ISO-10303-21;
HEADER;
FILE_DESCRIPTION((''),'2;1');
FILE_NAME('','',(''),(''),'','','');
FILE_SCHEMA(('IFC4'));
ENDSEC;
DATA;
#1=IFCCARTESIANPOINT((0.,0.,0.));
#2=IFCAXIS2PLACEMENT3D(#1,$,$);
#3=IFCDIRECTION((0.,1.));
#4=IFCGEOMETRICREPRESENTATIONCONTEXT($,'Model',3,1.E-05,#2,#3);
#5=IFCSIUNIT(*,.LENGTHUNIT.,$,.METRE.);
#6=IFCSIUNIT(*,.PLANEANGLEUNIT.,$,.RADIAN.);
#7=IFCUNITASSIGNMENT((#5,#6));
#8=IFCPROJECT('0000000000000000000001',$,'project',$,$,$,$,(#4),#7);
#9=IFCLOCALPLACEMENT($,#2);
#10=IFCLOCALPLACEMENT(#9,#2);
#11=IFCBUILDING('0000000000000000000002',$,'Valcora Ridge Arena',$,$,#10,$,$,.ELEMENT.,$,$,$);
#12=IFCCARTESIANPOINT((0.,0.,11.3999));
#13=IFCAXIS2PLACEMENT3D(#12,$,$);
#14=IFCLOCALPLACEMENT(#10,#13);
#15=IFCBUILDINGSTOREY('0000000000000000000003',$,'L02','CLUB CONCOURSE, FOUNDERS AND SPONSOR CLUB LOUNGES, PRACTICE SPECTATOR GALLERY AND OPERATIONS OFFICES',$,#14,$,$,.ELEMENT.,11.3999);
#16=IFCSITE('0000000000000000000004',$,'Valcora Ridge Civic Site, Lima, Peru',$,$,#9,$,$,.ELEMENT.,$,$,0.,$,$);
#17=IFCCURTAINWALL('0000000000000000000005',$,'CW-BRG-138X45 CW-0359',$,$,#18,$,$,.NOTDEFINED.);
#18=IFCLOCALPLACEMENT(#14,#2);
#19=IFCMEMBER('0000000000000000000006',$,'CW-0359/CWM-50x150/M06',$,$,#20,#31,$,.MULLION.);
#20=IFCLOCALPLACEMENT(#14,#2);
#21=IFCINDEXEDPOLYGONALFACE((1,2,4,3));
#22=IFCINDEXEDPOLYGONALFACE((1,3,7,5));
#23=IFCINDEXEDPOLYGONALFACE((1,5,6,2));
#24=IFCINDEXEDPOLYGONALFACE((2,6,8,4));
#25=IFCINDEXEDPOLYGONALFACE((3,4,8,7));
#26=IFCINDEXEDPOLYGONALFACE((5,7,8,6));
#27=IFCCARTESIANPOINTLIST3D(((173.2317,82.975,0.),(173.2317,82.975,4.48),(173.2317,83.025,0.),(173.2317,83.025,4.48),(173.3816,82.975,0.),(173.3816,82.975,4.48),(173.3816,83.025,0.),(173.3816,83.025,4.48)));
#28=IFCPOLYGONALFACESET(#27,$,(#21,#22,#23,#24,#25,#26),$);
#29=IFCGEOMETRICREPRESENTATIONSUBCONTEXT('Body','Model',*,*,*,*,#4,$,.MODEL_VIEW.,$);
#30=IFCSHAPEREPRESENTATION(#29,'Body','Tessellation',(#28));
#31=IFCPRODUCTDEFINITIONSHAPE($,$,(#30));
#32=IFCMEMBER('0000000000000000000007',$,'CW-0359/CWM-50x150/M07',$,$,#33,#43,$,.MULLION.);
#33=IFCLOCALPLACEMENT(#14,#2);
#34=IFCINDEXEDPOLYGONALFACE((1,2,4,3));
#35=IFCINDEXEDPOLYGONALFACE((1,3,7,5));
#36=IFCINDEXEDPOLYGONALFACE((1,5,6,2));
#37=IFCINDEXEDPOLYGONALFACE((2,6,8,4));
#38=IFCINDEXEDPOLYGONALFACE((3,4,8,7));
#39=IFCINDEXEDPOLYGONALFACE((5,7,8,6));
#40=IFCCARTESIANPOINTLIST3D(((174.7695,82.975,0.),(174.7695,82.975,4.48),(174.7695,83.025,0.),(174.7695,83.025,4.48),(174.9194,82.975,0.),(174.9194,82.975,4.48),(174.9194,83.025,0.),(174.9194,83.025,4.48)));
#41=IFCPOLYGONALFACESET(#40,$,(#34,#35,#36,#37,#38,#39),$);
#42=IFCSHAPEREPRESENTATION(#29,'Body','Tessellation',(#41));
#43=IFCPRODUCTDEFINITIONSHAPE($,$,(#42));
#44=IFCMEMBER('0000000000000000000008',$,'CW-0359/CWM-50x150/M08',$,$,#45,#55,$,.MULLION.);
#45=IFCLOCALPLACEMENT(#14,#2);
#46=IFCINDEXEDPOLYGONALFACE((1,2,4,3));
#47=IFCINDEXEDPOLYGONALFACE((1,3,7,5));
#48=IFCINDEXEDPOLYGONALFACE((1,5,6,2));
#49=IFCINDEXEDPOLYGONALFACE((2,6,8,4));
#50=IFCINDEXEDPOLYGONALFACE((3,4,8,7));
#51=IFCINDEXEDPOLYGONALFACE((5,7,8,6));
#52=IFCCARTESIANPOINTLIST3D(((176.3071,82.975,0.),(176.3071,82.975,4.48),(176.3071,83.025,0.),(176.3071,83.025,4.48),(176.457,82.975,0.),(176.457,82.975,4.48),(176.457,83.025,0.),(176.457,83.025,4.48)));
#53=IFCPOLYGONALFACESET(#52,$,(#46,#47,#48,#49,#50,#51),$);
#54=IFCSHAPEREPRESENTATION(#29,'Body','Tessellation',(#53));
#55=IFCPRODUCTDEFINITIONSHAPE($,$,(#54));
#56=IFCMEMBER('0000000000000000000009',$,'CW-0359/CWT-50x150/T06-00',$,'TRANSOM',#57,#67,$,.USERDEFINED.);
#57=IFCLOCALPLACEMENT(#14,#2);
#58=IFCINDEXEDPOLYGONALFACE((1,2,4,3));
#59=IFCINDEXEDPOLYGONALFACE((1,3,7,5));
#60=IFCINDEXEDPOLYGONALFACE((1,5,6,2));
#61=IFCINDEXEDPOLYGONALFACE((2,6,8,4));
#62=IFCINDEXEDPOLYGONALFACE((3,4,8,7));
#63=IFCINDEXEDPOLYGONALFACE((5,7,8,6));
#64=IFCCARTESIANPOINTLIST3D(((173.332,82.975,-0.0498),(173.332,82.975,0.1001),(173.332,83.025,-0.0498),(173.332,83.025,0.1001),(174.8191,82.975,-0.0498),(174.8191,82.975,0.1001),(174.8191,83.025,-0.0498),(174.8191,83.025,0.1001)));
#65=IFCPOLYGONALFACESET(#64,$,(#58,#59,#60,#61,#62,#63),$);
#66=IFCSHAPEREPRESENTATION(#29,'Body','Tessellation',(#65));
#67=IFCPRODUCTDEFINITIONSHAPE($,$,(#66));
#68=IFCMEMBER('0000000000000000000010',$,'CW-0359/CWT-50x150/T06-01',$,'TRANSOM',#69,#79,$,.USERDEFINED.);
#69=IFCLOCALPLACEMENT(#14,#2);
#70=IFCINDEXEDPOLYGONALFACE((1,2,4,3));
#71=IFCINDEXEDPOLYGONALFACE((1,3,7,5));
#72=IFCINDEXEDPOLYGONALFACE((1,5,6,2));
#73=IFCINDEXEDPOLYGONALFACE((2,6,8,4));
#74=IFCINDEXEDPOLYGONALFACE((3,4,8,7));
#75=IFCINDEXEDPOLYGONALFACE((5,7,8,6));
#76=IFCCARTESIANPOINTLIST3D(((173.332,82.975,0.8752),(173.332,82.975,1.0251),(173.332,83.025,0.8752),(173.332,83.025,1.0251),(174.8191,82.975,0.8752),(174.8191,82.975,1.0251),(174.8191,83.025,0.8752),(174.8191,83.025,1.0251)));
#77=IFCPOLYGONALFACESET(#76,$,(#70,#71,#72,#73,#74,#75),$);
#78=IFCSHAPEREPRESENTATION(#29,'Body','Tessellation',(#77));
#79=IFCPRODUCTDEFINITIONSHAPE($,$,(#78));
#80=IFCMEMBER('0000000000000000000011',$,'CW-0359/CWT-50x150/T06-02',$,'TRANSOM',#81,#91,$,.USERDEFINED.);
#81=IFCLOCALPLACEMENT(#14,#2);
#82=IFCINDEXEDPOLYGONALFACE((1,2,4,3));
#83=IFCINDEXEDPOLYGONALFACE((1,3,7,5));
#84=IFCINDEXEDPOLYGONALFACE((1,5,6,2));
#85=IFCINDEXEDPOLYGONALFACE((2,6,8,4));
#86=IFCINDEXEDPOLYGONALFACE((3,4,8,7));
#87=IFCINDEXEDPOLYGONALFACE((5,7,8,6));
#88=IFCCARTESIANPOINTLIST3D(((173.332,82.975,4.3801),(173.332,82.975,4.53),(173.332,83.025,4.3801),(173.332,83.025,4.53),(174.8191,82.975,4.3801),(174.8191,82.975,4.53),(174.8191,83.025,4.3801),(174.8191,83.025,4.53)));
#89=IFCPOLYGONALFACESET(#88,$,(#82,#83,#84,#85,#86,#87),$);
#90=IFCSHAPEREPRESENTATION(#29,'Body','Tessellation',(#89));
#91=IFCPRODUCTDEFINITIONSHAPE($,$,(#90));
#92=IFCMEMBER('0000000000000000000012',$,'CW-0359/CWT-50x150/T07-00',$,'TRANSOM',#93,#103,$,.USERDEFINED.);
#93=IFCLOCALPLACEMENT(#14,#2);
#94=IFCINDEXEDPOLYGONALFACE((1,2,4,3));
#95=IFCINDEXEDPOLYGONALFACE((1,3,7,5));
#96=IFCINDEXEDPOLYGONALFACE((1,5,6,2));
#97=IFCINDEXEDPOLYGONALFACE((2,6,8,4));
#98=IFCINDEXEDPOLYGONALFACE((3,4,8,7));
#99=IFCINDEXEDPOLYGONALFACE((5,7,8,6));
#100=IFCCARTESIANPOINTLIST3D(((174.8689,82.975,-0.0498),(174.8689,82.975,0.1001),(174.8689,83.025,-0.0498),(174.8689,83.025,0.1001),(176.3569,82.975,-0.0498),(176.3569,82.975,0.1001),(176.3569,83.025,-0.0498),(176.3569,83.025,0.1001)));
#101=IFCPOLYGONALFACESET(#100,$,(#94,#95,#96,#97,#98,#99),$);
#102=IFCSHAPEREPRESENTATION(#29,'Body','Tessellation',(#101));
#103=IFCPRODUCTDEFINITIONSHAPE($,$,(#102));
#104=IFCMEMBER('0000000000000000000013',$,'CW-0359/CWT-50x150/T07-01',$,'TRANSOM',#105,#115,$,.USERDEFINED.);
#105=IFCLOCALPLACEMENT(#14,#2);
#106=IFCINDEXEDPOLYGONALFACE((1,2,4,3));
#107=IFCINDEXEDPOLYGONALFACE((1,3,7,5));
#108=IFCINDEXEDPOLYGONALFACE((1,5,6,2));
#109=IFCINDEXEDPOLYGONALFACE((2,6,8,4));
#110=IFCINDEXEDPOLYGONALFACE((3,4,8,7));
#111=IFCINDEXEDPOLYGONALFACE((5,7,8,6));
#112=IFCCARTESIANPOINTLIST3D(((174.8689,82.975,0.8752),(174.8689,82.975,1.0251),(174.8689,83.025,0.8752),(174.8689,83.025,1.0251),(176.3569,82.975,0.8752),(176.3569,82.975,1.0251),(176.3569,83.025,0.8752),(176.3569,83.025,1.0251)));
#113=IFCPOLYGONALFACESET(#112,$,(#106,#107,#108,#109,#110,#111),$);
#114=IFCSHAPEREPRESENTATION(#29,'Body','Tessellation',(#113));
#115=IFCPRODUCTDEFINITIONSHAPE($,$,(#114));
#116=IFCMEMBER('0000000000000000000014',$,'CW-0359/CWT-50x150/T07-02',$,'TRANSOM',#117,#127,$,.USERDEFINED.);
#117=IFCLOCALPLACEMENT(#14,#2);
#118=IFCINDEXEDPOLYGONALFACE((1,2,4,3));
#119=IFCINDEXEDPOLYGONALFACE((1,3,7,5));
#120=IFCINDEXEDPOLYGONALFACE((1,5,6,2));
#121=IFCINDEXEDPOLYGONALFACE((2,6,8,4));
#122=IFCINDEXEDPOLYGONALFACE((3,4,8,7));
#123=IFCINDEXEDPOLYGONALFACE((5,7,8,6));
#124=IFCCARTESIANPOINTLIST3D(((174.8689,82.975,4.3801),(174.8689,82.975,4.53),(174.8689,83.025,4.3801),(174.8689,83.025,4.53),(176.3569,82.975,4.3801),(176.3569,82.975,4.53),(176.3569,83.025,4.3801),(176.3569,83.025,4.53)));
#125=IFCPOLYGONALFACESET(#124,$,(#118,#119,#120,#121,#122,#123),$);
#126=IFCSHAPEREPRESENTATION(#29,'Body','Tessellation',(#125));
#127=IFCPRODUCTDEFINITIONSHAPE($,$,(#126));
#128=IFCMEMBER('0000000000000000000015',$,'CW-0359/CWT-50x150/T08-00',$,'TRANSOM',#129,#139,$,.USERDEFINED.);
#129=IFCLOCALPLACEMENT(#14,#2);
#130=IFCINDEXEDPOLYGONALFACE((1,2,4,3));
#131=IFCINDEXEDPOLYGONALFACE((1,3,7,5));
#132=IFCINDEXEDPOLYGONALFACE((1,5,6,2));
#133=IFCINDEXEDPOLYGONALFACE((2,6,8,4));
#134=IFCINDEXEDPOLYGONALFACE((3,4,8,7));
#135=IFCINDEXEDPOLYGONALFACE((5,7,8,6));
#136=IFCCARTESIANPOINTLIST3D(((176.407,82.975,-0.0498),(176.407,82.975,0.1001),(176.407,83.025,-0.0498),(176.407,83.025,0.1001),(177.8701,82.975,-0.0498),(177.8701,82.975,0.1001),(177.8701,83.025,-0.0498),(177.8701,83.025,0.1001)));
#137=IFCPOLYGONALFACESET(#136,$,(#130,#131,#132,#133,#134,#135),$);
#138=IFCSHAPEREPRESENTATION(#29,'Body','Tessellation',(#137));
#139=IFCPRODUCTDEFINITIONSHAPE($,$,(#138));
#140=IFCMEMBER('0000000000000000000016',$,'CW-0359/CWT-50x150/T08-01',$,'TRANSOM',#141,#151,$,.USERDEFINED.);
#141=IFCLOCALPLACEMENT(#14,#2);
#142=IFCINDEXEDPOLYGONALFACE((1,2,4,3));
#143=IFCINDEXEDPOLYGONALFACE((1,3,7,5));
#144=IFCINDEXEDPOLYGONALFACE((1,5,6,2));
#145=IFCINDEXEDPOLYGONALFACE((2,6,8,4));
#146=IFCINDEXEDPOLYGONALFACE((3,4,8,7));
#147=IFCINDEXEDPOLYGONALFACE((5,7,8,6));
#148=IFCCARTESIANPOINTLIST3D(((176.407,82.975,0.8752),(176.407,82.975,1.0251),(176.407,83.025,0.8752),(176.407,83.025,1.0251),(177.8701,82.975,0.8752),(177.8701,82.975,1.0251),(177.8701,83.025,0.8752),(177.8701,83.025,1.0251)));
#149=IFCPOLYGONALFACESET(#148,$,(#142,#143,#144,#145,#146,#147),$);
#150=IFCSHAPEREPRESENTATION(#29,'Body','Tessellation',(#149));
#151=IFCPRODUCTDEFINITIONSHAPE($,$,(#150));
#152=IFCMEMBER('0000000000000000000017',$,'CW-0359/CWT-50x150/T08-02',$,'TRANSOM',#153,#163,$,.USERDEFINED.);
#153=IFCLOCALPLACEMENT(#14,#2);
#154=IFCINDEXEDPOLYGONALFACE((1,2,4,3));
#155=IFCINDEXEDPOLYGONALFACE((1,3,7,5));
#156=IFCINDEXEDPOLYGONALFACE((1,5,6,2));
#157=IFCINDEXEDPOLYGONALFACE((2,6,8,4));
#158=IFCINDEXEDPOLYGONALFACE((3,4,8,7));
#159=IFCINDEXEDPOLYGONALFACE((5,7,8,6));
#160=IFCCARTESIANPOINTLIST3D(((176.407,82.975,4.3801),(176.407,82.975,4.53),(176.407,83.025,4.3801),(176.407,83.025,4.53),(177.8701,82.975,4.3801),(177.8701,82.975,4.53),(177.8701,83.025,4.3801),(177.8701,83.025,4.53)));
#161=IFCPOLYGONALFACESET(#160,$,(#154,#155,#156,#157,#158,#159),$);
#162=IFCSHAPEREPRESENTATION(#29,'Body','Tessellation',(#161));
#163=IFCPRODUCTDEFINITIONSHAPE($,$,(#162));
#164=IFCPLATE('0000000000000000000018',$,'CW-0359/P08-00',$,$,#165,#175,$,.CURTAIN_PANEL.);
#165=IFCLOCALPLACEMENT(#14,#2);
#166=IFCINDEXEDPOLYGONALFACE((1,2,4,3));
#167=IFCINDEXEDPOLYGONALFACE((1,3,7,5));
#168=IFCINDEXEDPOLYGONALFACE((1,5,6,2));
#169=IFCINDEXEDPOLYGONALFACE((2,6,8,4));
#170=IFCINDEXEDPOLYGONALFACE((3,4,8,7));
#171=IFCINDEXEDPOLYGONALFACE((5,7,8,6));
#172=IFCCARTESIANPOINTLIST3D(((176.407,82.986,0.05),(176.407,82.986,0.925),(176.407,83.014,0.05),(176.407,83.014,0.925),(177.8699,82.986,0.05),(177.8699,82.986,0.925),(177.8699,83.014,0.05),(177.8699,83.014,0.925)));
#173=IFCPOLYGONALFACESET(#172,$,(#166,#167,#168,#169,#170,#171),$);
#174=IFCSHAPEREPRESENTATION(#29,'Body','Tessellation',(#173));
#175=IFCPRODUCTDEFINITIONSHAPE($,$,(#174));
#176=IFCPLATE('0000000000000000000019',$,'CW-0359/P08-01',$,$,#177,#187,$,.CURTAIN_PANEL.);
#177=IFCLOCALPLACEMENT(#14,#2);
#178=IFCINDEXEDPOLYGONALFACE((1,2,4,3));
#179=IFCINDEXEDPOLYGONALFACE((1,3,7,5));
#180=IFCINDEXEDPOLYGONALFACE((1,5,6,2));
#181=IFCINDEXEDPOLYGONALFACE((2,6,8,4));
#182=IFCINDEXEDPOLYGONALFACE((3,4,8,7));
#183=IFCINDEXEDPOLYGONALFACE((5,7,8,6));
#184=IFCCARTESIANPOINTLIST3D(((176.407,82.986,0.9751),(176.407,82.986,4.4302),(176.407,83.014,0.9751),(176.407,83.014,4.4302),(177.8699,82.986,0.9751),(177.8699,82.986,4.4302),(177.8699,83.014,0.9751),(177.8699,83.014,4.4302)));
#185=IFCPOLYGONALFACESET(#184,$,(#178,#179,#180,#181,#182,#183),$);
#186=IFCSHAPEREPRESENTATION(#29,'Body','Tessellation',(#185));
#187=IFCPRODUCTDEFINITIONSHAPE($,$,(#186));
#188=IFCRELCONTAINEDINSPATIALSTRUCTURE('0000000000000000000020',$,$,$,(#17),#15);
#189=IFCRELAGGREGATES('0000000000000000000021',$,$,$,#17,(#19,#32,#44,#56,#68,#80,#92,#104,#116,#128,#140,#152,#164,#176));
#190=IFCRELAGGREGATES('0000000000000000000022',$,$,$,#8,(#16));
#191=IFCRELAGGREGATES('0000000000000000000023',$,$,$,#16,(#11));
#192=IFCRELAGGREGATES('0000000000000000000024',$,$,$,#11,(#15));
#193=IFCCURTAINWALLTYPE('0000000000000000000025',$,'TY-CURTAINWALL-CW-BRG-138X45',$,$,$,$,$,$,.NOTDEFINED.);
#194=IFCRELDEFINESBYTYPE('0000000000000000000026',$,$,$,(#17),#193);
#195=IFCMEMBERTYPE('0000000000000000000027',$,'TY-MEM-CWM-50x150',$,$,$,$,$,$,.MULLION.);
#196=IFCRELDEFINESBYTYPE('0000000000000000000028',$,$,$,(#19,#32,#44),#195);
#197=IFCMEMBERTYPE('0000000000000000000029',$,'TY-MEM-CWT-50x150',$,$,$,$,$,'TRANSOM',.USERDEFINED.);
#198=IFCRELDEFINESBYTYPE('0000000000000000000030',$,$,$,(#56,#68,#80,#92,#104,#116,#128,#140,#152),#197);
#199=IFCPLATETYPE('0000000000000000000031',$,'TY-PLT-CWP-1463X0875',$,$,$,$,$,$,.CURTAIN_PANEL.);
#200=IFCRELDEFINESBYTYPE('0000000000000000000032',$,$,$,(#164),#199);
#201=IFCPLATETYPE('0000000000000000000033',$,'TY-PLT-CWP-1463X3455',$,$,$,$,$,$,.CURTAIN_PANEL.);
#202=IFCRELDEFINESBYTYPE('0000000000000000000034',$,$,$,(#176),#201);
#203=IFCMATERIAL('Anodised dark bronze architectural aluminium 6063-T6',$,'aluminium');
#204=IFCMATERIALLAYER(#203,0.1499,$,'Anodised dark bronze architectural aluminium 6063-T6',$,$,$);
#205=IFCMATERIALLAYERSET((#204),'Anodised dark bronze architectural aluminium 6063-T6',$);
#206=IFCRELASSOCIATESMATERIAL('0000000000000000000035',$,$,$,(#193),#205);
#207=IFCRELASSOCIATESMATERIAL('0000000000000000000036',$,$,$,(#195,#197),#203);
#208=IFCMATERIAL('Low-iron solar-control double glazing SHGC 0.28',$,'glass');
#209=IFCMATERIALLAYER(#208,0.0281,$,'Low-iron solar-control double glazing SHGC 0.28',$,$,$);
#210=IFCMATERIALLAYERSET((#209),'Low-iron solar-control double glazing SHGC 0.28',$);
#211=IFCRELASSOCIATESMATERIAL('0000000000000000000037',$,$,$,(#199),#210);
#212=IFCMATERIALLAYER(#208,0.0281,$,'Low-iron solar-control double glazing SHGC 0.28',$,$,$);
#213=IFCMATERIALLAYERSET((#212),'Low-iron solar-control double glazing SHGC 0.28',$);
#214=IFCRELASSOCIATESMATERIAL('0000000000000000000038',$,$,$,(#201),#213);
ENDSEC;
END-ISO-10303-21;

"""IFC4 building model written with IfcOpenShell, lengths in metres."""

from ifc_helpers import new_model, si_unit, direction, frame, origin, origin_2d, place, context, subcontext, project, spatial, rectangle, extrude, material, layer, layer_set, material_profile, profile_set, type_object, element, aggregate, save


model = new_model("IFC4")

# Units and contexts
model_context = context("Model", 3, precision=1e-05, world=origin(), true_north=direction((0.0, 1.0)))
body_context = subcontext(model_context, "Body", "Model", "MODEL_VIEW")
ifc_project = project(units=[si_unit("LENGTHUNIT", "METRE"), si_unit("PLANEANGLEUNIT", "RADIAN")], contexts=[model_context])

# Site, building, storey
site_placement = place(None, origin())
site = spatial("IfcSite", under=ifc_project, at=site_placement, Name="Valcora Ridge Civic Site, Lima, Peru", CompositionType="ELEMENT", RefElevation=0.0)
building_placement = place(site_placement, origin())
building = spatial("IfcBuilding", under=site, at=building_placement, Name="Valcora Ridge Arena", CompositionType="ELEMENT")
storey_placement = place(building_placement, frame((0.0, 0.0, 11.3999)))
storey = spatial("IfcBuildingStorey", under=building, at=storey_placement, Name="L02", Description="CLUB CONCOURSE, FOUNDERS AND SPONSOR CLUB LOUNGES, PRACTICE SPECTATOR GALLERY AND OPERATIONS OFFICES", CompositionType="ELEMENT", Elevation=11.3999)

# Curtain wall, members, plates
ifc_material_1 = material(Name="Anodised dark bronze architectural aluminium 6063-T6", Category="aluminium")
ifc_layer_1 = layer(ifc_material_1, 0.1499, Name="Anodised dark bronze architectural aluminium 6063-T6")
ifc_layer_set_1 = layer_set([ifc_layer_1], Name="Anodised dark bronze architectural aluminium 6063-T6")
curtain_wall_type = type_object("IfcCurtainWallType", Name="TY-CURTAINWALL-CW-BRG-138X45", PredefinedType="NOTDEFINED", material=ifc_layer_set_1)
curtain_wall_placement = place(storey_placement, origin())
curtain_wall = element("IfcCurtainWall", 1, at=curtain_wall_placement, inside=storey, type_object=curtain_wall_type, Name="CW-BRG-138X45 CW-0359", PredefinedType="NOTDEFINED")
ifc_material_profile_1 = material_profile(ifc_material_1, rectangle(XDim=0.05, YDim=0.1499, at=origin_2d()), Name="ALU MULLION 50x150")
ifc_profile_set_1 = profile_set([ifc_material_profile_1], Name="Anodised dark bronze architectural aluminium 6063-T6")
member_type_1 = type_object("IfcMemberType", Name="TY-MEM-CWM-50x150", PredefinedType="MULLION", material=ifc_profile_set_1)
member_1_placement = place(storey_placement, frame((173.3066, 83.0, 0.0), z_axis=(0.0, 0.0, 1.0), x_axis=(0.0, 1.0, 0.0)))
member_1 = element("IfcMember", 2, at=member_1_placement, type_object=member_type_1, Name="CW-0359/CWM-50x150/M06", PredefinedType="MULLION", context=body_context, shape_type="SweptSolid", body=[
    extrude(rectangle(XDim=0.05, YDim=0.1499, at=origin_2d()), origin(), (0.0, 0.0, 1.0), 4.48),
])
member_2_placement = place(storey_placement, frame((174.8445, 83.0, 0.0), z_axis=(0.0, 0.0, 1.0), x_axis=(0.0, 1.0, 0.0)))
member_2 = element("IfcMember", 3, at=member_2_placement, type_object=member_type_1, Name="CW-0359/CWM-50x150/M07", PredefinedType="MULLION", context=body_context, shape_type="SweptSolid", body=[
    extrude(rectangle(XDim=0.05, YDim=0.1499, at=origin_2d()), origin(), (0.0, 0.0, 1.0), 4.48),
])
member_3_placement = place(storey_placement, frame((176.3821, 83.0, 0.0), z_axis=(0.0, 0.0, 1.0), x_axis=(0.0, 1.0, 0.0)))
member_3 = element("IfcMember", 4, at=member_3_placement, type_object=member_type_1, Name="CW-0359/CWM-50x150/M08", PredefinedType="MULLION", context=body_context, shape_type="SweptSolid", body=[
    extrude(rectangle(XDim=0.05, YDim=0.1499, at=origin_2d()), origin(), (0.0, 0.0, 1.0), 4.48),
])
ifc_material_profile_2 = material_profile(ifc_material_1, rectangle(XDim=0.05, YDim=0.1499, at=origin_2d()), Name="ALU TRANSOM 50x150")
ifc_profile_set_2 = profile_set([ifc_material_profile_2], Name="Anodised dark bronze architectural aluminium 6063-T6")
member_type_2 = type_object("IfcMemberType", Name="TY-MEM-CWT-50x150", ElementType="TRANSOM", PredefinedType="USERDEFINED", material=ifc_profile_set_2)
member_4_placement = place(storey_placement, frame((173.332, 83.0, 0.0251), z_axis=(1.0, 0.0, 0.0), x_axis=(0.0, 1.0, 0.0)))
member_4 = element("IfcMember", 5, at=member_4_placement, type_object=member_type_2, Name="CW-0359/CWT-50x150/T06-00", ObjectType="TRANSOM", PredefinedType="USERDEFINED", context=body_context, shape_type="SweptSolid", body=[
    extrude(rectangle(XDim=0.05, YDim=0.1499, at=origin_2d()), origin(), (0.0, 0.0, 1.0), 1.4871),
])
member_5_placement = place(storey_placement, frame((173.332, 83.0, 0.9502), z_axis=(1.0, 0.0, 0.0), x_axis=(0.0, 1.0, 0.0)))
member_5 = element("IfcMember", 6, at=member_5_placement, type_object=member_type_2, Name="CW-0359/CWT-50x150/T06-01", ObjectType="TRANSOM", PredefinedType="USERDEFINED", context=body_context, shape_type="SweptSolid", body=[
    extrude(rectangle(XDim=0.05, YDim=0.1499, at=origin_2d()), origin(), (0.0, 0.0, 1.0), 1.4871),
])
member_6_placement = place(storey_placement, frame((173.332, 83.0, 4.4551), z_axis=(1.0, 0.0, 0.0), x_axis=(0.0, 1.0, 0.0)))
member_6 = element("IfcMember", 7, at=member_6_placement, type_object=member_type_2, Name="CW-0359/CWT-50x150/T06-02", ObjectType="TRANSOM", PredefinedType="USERDEFINED", context=body_context, shape_type="SweptSolid", body=[
    extrude(rectangle(XDim=0.05, YDim=0.1499, at=origin_2d()), origin(), (0.0, 0.0, 1.0), 1.4871),
])
member_7_placement = place(storey_placement, frame((174.8689, 83.0, 0.0251), z_axis=(1.0, 0.0, 0.0), x_axis=(0.0, 1.0, 0.0)))
member_7 = element("IfcMember", 8, at=member_7_placement, type_object=member_type_2, Name="CW-0359/CWT-50x150/T07-00", ObjectType="TRANSOM", PredefinedType="USERDEFINED", context=body_context, shape_type="SweptSolid", body=[
    extrude(rectangle(XDim=0.05, YDim=0.1499, at=origin_2d()), origin(), (0.0, 0.0, 1.0), 1.488),
])
member_8_placement = place(storey_placement, frame((174.8689, 83.0, 0.9502), z_axis=(1.0, 0.0, 0.0), x_axis=(0.0, 1.0, 0.0)))
member_8 = element("IfcMember", 9, at=member_8_placement, type_object=member_type_2, Name="CW-0359/CWT-50x150/T07-01", ObjectType="TRANSOM", PredefinedType="USERDEFINED", context=body_context, shape_type="SweptSolid", body=[
    extrude(rectangle(XDim=0.05, YDim=0.1499, at=origin_2d()), origin(), (0.0, 0.0, 1.0), 1.488),
])
member_9_placement = place(storey_placement, frame((174.8689, 83.0, 4.4551), z_axis=(1.0, 0.0, 0.0), x_axis=(0.0, 1.0, 0.0)))
member_9 = element("IfcMember", 10, at=member_9_placement, type_object=member_type_2, Name="CW-0359/CWT-50x150/T07-02", ObjectType="TRANSOM", PredefinedType="USERDEFINED", context=body_context, shape_type="SweptSolid", body=[
    extrude(rectangle(XDim=0.05, YDim=0.1499, at=origin_2d()), origin(), (0.0, 0.0, 1.0), 1.488),
])
member_10_placement = place(storey_placement, frame((176.407, 83.0, 0.0251), z_axis=(1.0, 0.0, 0.0), x_axis=(0.0, 1.0, 0.0)))
member_10 = element("IfcMember", 11, at=member_10_placement, type_object=member_type_2, Name="CW-0359/CWT-50x150/T08-00", ObjectType="TRANSOM", PredefinedType="USERDEFINED", context=body_context, shape_type="SweptSolid", body=[
    extrude(rectangle(XDim=0.05, YDim=0.1499, at=origin_2d()), origin(), (0.0, 0.0, 1.0), 1.4631),
])
member_11_placement = place(storey_placement, frame((176.407, 83.0, 0.9502), z_axis=(1.0, 0.0, 0.0), x_axis=(0.0, 1.0, 0.0)))
member_11 = element("IfcMember", 12, at=member_11_placement, type_object=member_type_2, Name="CW-0359/CWT-50x150/T08-01", ObjectType="TRANSOM", PredefinedType="USERDEFINED", context=body_context, shape_type="SweptSolid", body=[
    extrude(rectangle(XDim=0.05, YDim=0.1499, at=origin_2d()), origin(), (0.0, 0.0, 1.0), 1.4631),
])
member_12_placement = place(storey_placement, frame((176.407, 83.0, 4.4551), z_axis=(1.0, 0.0, 0.0), x_axis=(0.0, 1.0, 0.0)))
member_12 = element("IfcMember", 13, at=member_12_placement, type_object=member_type_2, Name="CW-0359/CWT-50x150/T08-02", ObjectType="TRANSOM", PredefinedType="USERDEFINED", context=body_context, shape_type="SweptSolid", body=[
    extrude(rectangle(XDim=0.05, YDim=0.1499, at=origin_2d()), origin(), (0.0, 0.0, 1.0), 1.4631),
])
ifc_material_2 = material(Name="Low-iron solar-control double glazing SHGC 0.28", Category="glass")
ifc_layer_2 = layer(ifc_material_2, 0.0281, Name="Low-iron solar-control double glazing SHGC 0.28")
ifc_layer_set_2 = layer_set([ifc_layer_2], Name="Low-iron solar-control double glazing SHGC 0.28")
plate_type_1 = type_object("IfcPlateType", Name="TY-PLT-CWP-1463X0875", PredefinedType="CURTAIN_PANEL", material=ifc_layer_set_2)
plate_1_placement = place(storey_placement, frame((177.1384, 83.0, 0.05), z_axis=(0.0, 0.0, 1.0), x_axis=(1.0, 0.0, 0.0)))
plate_1 = element("IfcPlate", 14, at=plate_1_placement, type_object=plate_type_1, Name="CW-0359/P08-00", PredefinedType="CURTAIN_PANEL", context=body_context, shape_type="SweptSolid", body=[
    extrude(rectangle(XDim=1.4629, YDim=0.0281, at=origin_2d()), origin(), (0.0, 0.0, 1.0), 0.875),
])
ifc_layer_3 = layer(ifc_material_2, 0.0281, Name="Low-iron solar-control double glazing SHGC 0.28")
ifc_layer_set_3 = layer_set([ifc_layer_3], Name="Low-iron solar-control double glazing SHGC 0.28")
plate_type_2 = type_object("IfcPlateType", Name="TY-PLT-CWP-1463X3455", PredefinedType="CURTAIN_PANEL", material=ifc_layer_set_3)
plate_2_placement = place(storey_placement, frame((177.1384, 83.0, 0.9751), z_axis=(0.0, 0.0, 1.0), x_axis=(1.0, 0.0, 0.0)))
plate_2 = element("IfcPlate", 15, at=plate_2_placement, type_object=plate_type_2, Name="CW-0359/P08-01", PredefinedType="CURTAIN_PANEL", context=body_context, shape_type="SweptSolid", body=[
    extrude(rectangle(XDim=1.4629, YDim=0.0281, at=origin_2d()), origin(), (0.0, 0.0, 1.0), 3.4551),
])
aggregate(curtain_wall, [member_1, member_2, member_3, member_4, member_5, member_6, member_7, member_8, member_9, member_10, member_11, member_12, plate_1, plate_2])

save(model, "model.ifc")
